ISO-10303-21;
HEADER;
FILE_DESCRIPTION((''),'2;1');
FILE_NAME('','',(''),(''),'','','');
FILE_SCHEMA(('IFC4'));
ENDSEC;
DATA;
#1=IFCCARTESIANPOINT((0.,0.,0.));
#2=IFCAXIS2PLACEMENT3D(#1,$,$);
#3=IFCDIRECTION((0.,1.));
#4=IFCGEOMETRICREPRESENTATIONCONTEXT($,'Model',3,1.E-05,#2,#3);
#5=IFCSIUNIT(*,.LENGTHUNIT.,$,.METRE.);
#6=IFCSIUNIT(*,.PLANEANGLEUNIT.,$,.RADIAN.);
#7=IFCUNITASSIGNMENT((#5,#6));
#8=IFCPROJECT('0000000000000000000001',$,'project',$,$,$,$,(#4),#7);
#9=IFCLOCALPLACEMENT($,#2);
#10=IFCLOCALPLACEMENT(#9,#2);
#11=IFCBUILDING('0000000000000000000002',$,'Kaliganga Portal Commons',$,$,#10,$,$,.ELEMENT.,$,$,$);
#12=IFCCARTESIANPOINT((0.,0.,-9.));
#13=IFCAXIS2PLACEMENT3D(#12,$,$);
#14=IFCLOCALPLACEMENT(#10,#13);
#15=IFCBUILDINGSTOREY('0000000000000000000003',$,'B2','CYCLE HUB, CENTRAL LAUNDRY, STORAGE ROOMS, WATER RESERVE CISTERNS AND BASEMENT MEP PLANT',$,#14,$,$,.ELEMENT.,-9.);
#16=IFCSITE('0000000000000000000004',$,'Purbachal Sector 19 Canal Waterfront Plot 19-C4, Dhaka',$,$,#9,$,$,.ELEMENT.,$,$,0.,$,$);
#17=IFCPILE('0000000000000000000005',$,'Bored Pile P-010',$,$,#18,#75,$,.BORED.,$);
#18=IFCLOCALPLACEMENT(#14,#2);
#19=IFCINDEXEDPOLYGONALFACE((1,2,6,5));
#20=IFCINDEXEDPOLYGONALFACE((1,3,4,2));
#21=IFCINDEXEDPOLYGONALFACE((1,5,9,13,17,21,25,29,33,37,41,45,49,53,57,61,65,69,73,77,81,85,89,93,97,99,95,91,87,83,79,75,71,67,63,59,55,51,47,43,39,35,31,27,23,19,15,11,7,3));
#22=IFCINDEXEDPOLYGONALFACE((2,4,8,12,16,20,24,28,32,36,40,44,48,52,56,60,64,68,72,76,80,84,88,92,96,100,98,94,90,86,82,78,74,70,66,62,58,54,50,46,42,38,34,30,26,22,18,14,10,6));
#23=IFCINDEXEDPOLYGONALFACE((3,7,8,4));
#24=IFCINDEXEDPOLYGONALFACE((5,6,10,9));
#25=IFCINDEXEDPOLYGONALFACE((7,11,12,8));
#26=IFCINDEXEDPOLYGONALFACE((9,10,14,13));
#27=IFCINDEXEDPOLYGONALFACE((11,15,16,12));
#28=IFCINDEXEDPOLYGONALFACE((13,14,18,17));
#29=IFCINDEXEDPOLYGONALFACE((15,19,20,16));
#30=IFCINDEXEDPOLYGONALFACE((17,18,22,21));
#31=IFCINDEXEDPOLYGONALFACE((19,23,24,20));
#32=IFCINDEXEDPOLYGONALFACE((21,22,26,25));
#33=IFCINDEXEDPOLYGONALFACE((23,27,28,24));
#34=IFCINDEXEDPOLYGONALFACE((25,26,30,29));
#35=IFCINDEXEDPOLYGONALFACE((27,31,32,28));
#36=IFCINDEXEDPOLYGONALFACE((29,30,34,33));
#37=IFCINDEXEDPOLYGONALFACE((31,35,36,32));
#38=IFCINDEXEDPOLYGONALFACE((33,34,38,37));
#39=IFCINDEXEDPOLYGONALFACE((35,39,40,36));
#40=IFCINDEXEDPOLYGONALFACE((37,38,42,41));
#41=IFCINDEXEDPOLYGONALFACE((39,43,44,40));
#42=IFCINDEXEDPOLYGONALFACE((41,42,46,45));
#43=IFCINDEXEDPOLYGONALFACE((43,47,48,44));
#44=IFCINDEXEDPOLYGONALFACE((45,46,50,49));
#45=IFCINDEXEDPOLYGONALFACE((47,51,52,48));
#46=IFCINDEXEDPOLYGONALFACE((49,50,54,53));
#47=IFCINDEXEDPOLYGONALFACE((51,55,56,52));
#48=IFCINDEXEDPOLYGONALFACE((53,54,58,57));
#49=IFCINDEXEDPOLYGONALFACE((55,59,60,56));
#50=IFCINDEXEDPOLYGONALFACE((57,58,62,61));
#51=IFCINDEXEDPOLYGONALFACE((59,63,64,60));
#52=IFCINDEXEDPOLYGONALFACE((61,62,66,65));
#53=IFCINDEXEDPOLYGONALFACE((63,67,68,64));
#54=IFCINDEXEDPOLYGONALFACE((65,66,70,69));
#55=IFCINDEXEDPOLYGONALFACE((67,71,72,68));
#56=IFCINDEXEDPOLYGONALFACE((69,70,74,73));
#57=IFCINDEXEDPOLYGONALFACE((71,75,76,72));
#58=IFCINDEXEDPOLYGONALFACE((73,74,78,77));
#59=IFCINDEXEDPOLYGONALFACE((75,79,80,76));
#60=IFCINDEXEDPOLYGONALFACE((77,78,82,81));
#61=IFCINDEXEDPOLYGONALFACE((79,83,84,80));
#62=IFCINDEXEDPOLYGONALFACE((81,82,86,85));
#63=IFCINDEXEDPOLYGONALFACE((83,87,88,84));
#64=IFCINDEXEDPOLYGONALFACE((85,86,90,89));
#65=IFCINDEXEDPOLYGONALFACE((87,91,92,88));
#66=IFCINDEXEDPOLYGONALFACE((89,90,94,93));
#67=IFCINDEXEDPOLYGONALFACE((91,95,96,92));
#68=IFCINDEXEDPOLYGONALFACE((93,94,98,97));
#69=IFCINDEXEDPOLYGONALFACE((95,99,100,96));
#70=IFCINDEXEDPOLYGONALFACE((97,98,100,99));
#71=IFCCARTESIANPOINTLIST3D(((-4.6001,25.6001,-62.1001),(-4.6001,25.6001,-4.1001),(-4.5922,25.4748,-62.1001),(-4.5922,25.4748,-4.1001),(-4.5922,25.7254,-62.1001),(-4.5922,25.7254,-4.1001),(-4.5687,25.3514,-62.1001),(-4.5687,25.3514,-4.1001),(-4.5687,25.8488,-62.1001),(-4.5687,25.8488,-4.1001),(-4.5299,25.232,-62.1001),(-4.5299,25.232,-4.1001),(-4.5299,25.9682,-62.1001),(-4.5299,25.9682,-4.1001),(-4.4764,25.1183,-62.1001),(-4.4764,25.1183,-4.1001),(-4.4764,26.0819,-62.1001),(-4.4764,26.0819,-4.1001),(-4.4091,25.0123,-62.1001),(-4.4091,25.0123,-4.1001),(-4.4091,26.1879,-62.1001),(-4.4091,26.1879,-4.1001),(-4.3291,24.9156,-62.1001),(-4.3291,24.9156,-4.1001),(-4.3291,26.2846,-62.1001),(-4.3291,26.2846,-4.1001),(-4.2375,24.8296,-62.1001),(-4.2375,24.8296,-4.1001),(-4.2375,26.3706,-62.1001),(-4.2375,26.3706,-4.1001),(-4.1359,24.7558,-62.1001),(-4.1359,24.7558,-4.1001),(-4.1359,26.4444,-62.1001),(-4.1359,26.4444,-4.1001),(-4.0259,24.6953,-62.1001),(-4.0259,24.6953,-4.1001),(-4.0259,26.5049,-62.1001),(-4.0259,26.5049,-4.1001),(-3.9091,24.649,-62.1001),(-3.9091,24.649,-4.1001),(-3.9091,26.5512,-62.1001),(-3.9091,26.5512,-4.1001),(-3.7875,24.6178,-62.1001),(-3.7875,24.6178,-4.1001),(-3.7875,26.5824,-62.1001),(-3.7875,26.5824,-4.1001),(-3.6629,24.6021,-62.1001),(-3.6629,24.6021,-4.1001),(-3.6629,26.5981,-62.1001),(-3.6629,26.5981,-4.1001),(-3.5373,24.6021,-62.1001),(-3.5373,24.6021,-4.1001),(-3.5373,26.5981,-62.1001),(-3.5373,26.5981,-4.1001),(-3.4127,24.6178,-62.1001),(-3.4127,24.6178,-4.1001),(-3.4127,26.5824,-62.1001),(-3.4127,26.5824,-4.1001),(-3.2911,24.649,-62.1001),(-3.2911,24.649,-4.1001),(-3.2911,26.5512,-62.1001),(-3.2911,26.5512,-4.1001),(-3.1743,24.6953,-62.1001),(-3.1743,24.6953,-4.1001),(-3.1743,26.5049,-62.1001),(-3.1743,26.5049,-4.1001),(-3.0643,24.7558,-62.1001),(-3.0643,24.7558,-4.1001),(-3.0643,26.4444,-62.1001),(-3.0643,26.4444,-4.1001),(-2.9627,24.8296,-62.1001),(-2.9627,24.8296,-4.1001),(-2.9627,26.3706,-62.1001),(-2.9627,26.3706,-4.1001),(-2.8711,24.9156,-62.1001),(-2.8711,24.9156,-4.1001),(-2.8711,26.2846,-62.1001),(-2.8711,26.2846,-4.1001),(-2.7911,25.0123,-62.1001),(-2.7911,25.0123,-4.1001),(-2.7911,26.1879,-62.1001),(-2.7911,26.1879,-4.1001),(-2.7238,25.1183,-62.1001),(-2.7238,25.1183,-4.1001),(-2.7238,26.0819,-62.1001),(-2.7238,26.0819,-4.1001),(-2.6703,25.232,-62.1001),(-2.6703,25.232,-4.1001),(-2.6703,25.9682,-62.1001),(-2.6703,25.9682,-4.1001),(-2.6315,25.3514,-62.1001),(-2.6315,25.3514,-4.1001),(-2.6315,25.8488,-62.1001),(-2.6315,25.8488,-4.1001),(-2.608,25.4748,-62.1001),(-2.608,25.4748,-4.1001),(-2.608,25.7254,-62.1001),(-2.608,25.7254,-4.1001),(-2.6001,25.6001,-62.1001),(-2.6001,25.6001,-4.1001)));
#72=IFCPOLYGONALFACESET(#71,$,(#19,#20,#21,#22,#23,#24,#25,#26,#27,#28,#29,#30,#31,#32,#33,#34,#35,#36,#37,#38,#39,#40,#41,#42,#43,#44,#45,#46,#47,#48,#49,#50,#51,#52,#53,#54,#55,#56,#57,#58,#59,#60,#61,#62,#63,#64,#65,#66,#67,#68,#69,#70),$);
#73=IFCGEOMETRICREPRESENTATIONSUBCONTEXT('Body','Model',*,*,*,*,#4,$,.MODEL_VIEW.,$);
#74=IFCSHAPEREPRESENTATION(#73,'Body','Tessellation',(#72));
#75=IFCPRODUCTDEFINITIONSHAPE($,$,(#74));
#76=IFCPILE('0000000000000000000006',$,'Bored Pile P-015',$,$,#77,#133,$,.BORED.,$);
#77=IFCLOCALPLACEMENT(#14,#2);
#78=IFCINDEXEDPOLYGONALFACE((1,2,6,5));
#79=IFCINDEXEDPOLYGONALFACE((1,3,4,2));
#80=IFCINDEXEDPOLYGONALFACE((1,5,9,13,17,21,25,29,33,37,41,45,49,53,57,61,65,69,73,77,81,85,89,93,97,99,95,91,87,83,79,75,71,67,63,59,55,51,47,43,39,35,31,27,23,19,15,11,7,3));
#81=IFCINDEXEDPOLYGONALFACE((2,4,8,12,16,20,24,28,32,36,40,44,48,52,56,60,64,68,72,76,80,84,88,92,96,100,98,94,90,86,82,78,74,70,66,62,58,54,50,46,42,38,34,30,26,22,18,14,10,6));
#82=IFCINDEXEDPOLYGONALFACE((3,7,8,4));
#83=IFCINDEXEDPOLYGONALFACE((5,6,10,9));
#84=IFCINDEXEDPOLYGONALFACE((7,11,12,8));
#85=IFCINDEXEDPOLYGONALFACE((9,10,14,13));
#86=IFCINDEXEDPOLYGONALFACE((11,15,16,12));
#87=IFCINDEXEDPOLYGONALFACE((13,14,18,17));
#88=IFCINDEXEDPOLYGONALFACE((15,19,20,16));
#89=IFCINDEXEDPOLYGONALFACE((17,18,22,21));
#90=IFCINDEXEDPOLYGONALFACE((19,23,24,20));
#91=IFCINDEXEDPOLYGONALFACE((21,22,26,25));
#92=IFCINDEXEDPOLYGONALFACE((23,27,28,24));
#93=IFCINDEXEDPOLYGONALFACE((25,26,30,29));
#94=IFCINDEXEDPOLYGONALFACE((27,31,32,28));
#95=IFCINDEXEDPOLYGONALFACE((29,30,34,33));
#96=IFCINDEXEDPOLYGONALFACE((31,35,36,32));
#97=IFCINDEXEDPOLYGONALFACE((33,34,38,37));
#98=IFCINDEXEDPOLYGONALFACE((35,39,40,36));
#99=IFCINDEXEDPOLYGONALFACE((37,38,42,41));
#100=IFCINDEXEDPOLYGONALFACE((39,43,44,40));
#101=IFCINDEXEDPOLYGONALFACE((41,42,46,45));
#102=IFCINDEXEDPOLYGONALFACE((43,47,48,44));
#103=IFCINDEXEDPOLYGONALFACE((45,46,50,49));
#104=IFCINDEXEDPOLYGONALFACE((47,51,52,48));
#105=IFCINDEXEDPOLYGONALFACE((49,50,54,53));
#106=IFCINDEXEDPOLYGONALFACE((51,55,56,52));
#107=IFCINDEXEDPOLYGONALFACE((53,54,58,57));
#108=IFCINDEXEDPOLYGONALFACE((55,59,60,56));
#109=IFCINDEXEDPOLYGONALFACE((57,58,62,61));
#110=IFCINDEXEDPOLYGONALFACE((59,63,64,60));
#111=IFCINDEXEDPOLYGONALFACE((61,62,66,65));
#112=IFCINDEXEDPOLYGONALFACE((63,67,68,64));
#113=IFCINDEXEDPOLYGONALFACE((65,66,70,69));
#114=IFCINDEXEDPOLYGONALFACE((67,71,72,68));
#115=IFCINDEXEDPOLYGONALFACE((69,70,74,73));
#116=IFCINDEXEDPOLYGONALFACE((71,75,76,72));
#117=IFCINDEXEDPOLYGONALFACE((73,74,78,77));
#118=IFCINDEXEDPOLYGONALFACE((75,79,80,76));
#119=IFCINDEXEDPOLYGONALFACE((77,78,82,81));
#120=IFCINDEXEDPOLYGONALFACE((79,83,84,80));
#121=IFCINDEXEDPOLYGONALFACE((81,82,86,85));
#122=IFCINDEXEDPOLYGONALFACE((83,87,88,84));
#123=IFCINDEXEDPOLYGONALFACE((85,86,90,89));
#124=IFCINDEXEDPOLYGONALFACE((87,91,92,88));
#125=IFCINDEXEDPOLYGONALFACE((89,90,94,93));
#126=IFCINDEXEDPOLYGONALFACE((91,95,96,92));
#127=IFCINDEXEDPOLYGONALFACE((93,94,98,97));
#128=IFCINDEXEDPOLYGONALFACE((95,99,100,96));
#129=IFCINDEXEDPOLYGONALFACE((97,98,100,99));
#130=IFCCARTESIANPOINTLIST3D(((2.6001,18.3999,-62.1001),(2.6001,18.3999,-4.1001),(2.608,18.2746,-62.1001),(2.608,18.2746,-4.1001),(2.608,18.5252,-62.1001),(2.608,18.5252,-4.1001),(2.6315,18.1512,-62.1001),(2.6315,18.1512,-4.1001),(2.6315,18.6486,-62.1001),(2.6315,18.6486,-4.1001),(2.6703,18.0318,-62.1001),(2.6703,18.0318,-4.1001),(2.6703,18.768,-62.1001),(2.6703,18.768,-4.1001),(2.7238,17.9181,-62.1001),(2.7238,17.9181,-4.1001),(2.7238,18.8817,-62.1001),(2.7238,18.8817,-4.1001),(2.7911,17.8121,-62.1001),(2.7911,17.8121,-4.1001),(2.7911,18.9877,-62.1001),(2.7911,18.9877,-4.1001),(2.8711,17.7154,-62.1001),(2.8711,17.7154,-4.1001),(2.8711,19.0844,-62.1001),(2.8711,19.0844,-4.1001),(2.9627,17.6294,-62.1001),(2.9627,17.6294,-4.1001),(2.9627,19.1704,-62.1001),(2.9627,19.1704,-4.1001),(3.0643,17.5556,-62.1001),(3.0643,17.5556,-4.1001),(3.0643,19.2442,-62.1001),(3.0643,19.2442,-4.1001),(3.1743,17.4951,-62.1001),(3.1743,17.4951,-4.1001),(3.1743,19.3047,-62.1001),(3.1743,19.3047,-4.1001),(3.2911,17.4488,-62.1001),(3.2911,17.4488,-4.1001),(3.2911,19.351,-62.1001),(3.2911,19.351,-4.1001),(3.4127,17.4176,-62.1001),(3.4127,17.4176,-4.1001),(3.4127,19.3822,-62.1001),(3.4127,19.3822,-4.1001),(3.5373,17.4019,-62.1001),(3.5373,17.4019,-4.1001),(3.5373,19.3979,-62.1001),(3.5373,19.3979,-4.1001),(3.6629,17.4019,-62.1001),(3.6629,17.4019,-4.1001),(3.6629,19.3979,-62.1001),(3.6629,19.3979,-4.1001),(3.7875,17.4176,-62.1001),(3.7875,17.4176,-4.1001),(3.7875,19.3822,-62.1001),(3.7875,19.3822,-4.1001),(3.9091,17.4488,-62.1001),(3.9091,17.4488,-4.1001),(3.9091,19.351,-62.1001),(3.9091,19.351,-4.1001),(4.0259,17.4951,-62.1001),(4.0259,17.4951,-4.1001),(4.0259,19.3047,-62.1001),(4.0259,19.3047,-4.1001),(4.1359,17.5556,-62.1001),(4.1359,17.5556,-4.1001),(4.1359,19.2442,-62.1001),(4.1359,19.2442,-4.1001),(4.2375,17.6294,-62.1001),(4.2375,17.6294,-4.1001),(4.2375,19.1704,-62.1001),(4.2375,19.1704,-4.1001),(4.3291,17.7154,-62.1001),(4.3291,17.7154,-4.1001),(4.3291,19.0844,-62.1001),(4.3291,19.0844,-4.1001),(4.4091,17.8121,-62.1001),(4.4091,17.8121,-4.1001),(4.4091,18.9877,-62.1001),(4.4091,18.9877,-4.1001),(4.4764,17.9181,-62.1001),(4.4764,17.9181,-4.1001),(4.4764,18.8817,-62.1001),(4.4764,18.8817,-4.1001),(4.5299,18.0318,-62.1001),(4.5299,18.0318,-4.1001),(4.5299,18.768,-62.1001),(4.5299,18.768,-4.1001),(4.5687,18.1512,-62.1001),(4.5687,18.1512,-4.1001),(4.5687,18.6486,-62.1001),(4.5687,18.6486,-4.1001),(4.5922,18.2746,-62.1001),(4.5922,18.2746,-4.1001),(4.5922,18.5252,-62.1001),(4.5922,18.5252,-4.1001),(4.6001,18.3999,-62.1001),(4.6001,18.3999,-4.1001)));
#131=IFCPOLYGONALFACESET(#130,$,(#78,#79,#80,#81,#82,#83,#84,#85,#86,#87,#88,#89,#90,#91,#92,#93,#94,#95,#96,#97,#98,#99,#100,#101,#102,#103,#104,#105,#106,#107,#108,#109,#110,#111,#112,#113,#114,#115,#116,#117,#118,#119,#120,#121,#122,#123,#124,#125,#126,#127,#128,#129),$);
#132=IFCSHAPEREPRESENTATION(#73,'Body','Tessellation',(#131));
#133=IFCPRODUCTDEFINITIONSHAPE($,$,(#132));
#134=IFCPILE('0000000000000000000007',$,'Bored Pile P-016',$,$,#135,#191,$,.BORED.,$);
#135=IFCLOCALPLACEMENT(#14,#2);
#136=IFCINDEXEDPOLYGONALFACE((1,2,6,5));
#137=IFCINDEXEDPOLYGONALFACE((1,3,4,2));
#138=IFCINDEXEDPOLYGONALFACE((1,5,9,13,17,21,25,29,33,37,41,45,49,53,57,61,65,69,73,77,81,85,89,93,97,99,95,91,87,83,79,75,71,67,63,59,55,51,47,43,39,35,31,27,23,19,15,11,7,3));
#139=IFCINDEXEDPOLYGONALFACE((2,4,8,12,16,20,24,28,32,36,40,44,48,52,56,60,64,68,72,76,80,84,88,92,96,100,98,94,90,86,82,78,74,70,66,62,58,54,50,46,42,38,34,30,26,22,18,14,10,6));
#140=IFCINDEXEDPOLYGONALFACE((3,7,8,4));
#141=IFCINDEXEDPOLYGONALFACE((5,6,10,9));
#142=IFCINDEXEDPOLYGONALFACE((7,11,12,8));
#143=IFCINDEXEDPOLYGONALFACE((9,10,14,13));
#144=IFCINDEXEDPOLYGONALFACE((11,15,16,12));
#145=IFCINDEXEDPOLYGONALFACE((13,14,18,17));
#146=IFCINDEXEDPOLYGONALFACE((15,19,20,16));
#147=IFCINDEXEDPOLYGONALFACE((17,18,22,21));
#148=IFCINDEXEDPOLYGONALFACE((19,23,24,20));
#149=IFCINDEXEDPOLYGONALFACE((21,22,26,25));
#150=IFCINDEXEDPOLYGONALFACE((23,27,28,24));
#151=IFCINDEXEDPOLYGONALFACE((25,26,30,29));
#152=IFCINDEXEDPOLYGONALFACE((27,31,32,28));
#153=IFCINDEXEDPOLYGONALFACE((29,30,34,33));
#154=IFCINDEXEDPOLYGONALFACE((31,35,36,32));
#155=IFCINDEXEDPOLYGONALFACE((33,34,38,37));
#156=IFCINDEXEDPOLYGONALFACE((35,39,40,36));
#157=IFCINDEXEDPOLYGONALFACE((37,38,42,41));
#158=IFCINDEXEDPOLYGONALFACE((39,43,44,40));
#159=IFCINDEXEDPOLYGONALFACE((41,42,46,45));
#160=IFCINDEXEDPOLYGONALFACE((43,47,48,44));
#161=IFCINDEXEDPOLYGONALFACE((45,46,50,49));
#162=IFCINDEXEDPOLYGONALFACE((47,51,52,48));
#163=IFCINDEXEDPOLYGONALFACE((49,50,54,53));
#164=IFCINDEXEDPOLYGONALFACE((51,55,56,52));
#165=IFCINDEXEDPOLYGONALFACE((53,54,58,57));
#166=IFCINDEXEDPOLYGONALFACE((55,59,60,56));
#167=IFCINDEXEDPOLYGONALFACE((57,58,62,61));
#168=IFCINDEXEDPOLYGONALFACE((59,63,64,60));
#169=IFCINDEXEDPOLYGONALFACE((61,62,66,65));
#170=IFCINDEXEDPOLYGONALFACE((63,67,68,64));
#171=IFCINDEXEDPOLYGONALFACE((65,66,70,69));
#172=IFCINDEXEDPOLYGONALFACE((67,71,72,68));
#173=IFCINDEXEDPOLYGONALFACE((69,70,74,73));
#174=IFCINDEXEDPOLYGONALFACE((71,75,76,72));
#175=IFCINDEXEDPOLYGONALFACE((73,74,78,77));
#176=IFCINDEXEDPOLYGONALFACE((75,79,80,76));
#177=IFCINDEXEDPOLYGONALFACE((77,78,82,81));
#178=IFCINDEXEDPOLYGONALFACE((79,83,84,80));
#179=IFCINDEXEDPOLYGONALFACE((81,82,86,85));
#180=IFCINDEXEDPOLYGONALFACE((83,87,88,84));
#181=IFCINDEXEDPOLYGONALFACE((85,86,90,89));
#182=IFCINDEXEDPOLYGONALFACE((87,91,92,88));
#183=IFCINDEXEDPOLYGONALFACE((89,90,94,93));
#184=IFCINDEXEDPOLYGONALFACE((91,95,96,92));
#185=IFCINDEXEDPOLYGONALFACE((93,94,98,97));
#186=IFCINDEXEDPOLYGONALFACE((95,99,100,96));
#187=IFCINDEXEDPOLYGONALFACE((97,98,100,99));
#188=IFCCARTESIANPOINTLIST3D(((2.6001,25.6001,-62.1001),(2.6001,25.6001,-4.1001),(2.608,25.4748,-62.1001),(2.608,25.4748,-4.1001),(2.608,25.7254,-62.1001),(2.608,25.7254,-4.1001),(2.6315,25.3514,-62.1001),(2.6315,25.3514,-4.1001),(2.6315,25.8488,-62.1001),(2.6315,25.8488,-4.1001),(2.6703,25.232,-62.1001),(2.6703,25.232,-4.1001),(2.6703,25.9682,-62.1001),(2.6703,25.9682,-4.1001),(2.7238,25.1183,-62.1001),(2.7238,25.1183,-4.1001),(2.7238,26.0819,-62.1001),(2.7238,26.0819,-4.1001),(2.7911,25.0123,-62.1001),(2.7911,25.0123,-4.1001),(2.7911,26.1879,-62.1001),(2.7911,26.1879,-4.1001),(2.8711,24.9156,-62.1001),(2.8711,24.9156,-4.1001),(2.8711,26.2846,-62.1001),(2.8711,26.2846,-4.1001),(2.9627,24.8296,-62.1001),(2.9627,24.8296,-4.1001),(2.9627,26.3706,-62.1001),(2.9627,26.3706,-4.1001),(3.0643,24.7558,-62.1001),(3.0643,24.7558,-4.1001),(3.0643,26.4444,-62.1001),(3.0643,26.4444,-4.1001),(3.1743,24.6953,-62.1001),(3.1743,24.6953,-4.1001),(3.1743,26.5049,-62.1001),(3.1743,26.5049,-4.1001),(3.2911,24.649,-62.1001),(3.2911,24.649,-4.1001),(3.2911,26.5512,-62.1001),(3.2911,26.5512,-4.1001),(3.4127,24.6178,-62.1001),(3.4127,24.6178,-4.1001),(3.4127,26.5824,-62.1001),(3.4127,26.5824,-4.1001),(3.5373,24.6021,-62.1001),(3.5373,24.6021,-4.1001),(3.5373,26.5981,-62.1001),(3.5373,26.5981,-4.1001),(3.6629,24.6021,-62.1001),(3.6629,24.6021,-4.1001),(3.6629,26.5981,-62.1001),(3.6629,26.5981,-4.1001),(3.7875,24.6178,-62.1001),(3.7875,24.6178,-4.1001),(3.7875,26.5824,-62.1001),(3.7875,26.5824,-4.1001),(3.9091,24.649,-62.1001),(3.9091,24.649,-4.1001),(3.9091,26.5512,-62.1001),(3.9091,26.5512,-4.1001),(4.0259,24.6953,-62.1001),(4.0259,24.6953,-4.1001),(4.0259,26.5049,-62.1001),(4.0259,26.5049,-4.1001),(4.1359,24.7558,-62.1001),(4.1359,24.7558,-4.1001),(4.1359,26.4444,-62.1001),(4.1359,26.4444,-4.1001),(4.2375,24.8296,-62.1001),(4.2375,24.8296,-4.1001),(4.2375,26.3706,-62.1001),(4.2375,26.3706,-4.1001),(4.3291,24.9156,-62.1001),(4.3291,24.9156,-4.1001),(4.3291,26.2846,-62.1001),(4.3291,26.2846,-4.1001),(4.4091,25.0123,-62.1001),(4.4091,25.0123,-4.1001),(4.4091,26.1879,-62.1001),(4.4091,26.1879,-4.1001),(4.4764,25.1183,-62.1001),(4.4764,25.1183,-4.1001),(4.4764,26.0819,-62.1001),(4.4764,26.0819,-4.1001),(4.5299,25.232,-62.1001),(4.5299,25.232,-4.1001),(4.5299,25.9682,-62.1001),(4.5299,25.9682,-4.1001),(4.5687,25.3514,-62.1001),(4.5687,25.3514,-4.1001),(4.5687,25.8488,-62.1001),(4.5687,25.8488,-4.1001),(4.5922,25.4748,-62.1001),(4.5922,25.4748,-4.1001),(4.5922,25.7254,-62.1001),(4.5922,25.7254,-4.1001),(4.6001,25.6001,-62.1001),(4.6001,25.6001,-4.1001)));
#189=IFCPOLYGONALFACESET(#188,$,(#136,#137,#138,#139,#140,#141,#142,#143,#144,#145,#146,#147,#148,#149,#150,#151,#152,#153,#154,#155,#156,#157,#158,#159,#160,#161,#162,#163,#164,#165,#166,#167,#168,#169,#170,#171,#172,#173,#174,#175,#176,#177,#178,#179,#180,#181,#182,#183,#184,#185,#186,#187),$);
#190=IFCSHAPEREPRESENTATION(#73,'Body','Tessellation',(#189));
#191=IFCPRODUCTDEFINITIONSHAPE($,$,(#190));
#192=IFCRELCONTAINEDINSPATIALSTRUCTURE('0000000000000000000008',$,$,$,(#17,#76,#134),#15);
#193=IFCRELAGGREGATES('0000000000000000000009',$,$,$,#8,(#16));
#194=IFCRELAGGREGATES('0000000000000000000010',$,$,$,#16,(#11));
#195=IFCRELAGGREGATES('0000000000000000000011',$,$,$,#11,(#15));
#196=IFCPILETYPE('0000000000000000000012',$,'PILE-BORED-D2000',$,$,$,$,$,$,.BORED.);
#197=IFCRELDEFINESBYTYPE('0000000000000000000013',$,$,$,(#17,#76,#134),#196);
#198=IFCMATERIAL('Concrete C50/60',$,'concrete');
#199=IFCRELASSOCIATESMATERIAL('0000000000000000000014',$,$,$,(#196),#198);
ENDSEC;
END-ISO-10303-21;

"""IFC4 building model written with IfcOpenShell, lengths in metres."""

from ifc_helpers import new_model, si_unit, direction, frame, origin, origin_2d, place, context, subcontext, project, spatial, circle, extrude, material, material_profile, profile_set, type_object, element, save


model = new_model("IFC4")

# Units and contexts
model_context = context("Model", 3, precision=1e-05, world=origin(), true_north=direction((0.0, 1.0)))
body_context = subcontext(model_context, "Body", "Model", "MODEL_VIEW")
ifc_project = project(units=[si_unit("LENGTHUNIT", "METRE"), si_unit("PLANEANGLEUNIT", "RADIAN")], contexts=[model_context])

# Site, building, storey
site_placement = place(None, origin())
site = spatial("IfcSite", under=ifc_project, at=site_placement, Name="Purbachal Sector 19 Canal Waterfront Plot 19-C4, Dhaka", CompositionType="ELEMENT", RefElevation=0.0)
building_placement = place(site_placement, origin())
building = spatial("IfcBuilding", under=site, at=building_placement, Name="Kaliganga Portal Commons", CompositionType="ELEMENT")
storey_placement = place(building_placement, frame((0.0, 0.0, -9.0)))
storey = spatial("IfcBuildingStorey", under=building, at=storey_placement, Name="B2", Description="CYCLE HUB, CENTRAL LAUNDRY, STORAGE ROOMS, WATER RESERVE CISTERNS AND BASEMENT MEP PLANT", CompositionType="ELEMENT", Elevation=-9.0)

# Piles
ifc_material_1 = material(Name="Concrete C50/60", Category="concrete")
ifc_material_profile_1 = material_profile(ifc_material_1, circle(Radius=1.0, at=origin_2d()), Name="PILE D2000")
ifc_profile_set_1 = profile_set([ifc_material_profile_1], Name="Concrete C50/60")
pile_type = type_object("IfcPileType", Name="PILE-BORED-D2000", PredefinedType="BORED", material=ifc_profile_set_1)
for number, where, z_axis, x_axis, name in (
    (1, (-3.6001, 25.6001, -4.1001), (0.0, 0.0, -1.0), (1.0, 0.0, 0.0), "Bored Pile P-010"),
    (2, (3.6001, 18.3999, -4.1001), (0.0, 0.0, -1.0), (1.0, 0.0, 0.0), "Bored Pile P-015"),
    (3, (3.6001, 25.6001, -4.1001), (0.0, 0.0, -1.0), (1.0, 0.0, 0.0), "Bored Pile P-016"),
):
    element("IfcPile", number, at=place(storey_placement, frame(where, z_axis=z_axis, x_axis=x_axis)), inside=storey, type_object=pile_type, Name=name, PredefinedType="BORED", context=body_context, shape_type="SweptSolid", body=[
        extrude(circle(Radius=1.0, at=origin_2d()), origin(), (0.0, 0.0, 1.0), 58.0),
    ])

save(model, "model.ifc")
